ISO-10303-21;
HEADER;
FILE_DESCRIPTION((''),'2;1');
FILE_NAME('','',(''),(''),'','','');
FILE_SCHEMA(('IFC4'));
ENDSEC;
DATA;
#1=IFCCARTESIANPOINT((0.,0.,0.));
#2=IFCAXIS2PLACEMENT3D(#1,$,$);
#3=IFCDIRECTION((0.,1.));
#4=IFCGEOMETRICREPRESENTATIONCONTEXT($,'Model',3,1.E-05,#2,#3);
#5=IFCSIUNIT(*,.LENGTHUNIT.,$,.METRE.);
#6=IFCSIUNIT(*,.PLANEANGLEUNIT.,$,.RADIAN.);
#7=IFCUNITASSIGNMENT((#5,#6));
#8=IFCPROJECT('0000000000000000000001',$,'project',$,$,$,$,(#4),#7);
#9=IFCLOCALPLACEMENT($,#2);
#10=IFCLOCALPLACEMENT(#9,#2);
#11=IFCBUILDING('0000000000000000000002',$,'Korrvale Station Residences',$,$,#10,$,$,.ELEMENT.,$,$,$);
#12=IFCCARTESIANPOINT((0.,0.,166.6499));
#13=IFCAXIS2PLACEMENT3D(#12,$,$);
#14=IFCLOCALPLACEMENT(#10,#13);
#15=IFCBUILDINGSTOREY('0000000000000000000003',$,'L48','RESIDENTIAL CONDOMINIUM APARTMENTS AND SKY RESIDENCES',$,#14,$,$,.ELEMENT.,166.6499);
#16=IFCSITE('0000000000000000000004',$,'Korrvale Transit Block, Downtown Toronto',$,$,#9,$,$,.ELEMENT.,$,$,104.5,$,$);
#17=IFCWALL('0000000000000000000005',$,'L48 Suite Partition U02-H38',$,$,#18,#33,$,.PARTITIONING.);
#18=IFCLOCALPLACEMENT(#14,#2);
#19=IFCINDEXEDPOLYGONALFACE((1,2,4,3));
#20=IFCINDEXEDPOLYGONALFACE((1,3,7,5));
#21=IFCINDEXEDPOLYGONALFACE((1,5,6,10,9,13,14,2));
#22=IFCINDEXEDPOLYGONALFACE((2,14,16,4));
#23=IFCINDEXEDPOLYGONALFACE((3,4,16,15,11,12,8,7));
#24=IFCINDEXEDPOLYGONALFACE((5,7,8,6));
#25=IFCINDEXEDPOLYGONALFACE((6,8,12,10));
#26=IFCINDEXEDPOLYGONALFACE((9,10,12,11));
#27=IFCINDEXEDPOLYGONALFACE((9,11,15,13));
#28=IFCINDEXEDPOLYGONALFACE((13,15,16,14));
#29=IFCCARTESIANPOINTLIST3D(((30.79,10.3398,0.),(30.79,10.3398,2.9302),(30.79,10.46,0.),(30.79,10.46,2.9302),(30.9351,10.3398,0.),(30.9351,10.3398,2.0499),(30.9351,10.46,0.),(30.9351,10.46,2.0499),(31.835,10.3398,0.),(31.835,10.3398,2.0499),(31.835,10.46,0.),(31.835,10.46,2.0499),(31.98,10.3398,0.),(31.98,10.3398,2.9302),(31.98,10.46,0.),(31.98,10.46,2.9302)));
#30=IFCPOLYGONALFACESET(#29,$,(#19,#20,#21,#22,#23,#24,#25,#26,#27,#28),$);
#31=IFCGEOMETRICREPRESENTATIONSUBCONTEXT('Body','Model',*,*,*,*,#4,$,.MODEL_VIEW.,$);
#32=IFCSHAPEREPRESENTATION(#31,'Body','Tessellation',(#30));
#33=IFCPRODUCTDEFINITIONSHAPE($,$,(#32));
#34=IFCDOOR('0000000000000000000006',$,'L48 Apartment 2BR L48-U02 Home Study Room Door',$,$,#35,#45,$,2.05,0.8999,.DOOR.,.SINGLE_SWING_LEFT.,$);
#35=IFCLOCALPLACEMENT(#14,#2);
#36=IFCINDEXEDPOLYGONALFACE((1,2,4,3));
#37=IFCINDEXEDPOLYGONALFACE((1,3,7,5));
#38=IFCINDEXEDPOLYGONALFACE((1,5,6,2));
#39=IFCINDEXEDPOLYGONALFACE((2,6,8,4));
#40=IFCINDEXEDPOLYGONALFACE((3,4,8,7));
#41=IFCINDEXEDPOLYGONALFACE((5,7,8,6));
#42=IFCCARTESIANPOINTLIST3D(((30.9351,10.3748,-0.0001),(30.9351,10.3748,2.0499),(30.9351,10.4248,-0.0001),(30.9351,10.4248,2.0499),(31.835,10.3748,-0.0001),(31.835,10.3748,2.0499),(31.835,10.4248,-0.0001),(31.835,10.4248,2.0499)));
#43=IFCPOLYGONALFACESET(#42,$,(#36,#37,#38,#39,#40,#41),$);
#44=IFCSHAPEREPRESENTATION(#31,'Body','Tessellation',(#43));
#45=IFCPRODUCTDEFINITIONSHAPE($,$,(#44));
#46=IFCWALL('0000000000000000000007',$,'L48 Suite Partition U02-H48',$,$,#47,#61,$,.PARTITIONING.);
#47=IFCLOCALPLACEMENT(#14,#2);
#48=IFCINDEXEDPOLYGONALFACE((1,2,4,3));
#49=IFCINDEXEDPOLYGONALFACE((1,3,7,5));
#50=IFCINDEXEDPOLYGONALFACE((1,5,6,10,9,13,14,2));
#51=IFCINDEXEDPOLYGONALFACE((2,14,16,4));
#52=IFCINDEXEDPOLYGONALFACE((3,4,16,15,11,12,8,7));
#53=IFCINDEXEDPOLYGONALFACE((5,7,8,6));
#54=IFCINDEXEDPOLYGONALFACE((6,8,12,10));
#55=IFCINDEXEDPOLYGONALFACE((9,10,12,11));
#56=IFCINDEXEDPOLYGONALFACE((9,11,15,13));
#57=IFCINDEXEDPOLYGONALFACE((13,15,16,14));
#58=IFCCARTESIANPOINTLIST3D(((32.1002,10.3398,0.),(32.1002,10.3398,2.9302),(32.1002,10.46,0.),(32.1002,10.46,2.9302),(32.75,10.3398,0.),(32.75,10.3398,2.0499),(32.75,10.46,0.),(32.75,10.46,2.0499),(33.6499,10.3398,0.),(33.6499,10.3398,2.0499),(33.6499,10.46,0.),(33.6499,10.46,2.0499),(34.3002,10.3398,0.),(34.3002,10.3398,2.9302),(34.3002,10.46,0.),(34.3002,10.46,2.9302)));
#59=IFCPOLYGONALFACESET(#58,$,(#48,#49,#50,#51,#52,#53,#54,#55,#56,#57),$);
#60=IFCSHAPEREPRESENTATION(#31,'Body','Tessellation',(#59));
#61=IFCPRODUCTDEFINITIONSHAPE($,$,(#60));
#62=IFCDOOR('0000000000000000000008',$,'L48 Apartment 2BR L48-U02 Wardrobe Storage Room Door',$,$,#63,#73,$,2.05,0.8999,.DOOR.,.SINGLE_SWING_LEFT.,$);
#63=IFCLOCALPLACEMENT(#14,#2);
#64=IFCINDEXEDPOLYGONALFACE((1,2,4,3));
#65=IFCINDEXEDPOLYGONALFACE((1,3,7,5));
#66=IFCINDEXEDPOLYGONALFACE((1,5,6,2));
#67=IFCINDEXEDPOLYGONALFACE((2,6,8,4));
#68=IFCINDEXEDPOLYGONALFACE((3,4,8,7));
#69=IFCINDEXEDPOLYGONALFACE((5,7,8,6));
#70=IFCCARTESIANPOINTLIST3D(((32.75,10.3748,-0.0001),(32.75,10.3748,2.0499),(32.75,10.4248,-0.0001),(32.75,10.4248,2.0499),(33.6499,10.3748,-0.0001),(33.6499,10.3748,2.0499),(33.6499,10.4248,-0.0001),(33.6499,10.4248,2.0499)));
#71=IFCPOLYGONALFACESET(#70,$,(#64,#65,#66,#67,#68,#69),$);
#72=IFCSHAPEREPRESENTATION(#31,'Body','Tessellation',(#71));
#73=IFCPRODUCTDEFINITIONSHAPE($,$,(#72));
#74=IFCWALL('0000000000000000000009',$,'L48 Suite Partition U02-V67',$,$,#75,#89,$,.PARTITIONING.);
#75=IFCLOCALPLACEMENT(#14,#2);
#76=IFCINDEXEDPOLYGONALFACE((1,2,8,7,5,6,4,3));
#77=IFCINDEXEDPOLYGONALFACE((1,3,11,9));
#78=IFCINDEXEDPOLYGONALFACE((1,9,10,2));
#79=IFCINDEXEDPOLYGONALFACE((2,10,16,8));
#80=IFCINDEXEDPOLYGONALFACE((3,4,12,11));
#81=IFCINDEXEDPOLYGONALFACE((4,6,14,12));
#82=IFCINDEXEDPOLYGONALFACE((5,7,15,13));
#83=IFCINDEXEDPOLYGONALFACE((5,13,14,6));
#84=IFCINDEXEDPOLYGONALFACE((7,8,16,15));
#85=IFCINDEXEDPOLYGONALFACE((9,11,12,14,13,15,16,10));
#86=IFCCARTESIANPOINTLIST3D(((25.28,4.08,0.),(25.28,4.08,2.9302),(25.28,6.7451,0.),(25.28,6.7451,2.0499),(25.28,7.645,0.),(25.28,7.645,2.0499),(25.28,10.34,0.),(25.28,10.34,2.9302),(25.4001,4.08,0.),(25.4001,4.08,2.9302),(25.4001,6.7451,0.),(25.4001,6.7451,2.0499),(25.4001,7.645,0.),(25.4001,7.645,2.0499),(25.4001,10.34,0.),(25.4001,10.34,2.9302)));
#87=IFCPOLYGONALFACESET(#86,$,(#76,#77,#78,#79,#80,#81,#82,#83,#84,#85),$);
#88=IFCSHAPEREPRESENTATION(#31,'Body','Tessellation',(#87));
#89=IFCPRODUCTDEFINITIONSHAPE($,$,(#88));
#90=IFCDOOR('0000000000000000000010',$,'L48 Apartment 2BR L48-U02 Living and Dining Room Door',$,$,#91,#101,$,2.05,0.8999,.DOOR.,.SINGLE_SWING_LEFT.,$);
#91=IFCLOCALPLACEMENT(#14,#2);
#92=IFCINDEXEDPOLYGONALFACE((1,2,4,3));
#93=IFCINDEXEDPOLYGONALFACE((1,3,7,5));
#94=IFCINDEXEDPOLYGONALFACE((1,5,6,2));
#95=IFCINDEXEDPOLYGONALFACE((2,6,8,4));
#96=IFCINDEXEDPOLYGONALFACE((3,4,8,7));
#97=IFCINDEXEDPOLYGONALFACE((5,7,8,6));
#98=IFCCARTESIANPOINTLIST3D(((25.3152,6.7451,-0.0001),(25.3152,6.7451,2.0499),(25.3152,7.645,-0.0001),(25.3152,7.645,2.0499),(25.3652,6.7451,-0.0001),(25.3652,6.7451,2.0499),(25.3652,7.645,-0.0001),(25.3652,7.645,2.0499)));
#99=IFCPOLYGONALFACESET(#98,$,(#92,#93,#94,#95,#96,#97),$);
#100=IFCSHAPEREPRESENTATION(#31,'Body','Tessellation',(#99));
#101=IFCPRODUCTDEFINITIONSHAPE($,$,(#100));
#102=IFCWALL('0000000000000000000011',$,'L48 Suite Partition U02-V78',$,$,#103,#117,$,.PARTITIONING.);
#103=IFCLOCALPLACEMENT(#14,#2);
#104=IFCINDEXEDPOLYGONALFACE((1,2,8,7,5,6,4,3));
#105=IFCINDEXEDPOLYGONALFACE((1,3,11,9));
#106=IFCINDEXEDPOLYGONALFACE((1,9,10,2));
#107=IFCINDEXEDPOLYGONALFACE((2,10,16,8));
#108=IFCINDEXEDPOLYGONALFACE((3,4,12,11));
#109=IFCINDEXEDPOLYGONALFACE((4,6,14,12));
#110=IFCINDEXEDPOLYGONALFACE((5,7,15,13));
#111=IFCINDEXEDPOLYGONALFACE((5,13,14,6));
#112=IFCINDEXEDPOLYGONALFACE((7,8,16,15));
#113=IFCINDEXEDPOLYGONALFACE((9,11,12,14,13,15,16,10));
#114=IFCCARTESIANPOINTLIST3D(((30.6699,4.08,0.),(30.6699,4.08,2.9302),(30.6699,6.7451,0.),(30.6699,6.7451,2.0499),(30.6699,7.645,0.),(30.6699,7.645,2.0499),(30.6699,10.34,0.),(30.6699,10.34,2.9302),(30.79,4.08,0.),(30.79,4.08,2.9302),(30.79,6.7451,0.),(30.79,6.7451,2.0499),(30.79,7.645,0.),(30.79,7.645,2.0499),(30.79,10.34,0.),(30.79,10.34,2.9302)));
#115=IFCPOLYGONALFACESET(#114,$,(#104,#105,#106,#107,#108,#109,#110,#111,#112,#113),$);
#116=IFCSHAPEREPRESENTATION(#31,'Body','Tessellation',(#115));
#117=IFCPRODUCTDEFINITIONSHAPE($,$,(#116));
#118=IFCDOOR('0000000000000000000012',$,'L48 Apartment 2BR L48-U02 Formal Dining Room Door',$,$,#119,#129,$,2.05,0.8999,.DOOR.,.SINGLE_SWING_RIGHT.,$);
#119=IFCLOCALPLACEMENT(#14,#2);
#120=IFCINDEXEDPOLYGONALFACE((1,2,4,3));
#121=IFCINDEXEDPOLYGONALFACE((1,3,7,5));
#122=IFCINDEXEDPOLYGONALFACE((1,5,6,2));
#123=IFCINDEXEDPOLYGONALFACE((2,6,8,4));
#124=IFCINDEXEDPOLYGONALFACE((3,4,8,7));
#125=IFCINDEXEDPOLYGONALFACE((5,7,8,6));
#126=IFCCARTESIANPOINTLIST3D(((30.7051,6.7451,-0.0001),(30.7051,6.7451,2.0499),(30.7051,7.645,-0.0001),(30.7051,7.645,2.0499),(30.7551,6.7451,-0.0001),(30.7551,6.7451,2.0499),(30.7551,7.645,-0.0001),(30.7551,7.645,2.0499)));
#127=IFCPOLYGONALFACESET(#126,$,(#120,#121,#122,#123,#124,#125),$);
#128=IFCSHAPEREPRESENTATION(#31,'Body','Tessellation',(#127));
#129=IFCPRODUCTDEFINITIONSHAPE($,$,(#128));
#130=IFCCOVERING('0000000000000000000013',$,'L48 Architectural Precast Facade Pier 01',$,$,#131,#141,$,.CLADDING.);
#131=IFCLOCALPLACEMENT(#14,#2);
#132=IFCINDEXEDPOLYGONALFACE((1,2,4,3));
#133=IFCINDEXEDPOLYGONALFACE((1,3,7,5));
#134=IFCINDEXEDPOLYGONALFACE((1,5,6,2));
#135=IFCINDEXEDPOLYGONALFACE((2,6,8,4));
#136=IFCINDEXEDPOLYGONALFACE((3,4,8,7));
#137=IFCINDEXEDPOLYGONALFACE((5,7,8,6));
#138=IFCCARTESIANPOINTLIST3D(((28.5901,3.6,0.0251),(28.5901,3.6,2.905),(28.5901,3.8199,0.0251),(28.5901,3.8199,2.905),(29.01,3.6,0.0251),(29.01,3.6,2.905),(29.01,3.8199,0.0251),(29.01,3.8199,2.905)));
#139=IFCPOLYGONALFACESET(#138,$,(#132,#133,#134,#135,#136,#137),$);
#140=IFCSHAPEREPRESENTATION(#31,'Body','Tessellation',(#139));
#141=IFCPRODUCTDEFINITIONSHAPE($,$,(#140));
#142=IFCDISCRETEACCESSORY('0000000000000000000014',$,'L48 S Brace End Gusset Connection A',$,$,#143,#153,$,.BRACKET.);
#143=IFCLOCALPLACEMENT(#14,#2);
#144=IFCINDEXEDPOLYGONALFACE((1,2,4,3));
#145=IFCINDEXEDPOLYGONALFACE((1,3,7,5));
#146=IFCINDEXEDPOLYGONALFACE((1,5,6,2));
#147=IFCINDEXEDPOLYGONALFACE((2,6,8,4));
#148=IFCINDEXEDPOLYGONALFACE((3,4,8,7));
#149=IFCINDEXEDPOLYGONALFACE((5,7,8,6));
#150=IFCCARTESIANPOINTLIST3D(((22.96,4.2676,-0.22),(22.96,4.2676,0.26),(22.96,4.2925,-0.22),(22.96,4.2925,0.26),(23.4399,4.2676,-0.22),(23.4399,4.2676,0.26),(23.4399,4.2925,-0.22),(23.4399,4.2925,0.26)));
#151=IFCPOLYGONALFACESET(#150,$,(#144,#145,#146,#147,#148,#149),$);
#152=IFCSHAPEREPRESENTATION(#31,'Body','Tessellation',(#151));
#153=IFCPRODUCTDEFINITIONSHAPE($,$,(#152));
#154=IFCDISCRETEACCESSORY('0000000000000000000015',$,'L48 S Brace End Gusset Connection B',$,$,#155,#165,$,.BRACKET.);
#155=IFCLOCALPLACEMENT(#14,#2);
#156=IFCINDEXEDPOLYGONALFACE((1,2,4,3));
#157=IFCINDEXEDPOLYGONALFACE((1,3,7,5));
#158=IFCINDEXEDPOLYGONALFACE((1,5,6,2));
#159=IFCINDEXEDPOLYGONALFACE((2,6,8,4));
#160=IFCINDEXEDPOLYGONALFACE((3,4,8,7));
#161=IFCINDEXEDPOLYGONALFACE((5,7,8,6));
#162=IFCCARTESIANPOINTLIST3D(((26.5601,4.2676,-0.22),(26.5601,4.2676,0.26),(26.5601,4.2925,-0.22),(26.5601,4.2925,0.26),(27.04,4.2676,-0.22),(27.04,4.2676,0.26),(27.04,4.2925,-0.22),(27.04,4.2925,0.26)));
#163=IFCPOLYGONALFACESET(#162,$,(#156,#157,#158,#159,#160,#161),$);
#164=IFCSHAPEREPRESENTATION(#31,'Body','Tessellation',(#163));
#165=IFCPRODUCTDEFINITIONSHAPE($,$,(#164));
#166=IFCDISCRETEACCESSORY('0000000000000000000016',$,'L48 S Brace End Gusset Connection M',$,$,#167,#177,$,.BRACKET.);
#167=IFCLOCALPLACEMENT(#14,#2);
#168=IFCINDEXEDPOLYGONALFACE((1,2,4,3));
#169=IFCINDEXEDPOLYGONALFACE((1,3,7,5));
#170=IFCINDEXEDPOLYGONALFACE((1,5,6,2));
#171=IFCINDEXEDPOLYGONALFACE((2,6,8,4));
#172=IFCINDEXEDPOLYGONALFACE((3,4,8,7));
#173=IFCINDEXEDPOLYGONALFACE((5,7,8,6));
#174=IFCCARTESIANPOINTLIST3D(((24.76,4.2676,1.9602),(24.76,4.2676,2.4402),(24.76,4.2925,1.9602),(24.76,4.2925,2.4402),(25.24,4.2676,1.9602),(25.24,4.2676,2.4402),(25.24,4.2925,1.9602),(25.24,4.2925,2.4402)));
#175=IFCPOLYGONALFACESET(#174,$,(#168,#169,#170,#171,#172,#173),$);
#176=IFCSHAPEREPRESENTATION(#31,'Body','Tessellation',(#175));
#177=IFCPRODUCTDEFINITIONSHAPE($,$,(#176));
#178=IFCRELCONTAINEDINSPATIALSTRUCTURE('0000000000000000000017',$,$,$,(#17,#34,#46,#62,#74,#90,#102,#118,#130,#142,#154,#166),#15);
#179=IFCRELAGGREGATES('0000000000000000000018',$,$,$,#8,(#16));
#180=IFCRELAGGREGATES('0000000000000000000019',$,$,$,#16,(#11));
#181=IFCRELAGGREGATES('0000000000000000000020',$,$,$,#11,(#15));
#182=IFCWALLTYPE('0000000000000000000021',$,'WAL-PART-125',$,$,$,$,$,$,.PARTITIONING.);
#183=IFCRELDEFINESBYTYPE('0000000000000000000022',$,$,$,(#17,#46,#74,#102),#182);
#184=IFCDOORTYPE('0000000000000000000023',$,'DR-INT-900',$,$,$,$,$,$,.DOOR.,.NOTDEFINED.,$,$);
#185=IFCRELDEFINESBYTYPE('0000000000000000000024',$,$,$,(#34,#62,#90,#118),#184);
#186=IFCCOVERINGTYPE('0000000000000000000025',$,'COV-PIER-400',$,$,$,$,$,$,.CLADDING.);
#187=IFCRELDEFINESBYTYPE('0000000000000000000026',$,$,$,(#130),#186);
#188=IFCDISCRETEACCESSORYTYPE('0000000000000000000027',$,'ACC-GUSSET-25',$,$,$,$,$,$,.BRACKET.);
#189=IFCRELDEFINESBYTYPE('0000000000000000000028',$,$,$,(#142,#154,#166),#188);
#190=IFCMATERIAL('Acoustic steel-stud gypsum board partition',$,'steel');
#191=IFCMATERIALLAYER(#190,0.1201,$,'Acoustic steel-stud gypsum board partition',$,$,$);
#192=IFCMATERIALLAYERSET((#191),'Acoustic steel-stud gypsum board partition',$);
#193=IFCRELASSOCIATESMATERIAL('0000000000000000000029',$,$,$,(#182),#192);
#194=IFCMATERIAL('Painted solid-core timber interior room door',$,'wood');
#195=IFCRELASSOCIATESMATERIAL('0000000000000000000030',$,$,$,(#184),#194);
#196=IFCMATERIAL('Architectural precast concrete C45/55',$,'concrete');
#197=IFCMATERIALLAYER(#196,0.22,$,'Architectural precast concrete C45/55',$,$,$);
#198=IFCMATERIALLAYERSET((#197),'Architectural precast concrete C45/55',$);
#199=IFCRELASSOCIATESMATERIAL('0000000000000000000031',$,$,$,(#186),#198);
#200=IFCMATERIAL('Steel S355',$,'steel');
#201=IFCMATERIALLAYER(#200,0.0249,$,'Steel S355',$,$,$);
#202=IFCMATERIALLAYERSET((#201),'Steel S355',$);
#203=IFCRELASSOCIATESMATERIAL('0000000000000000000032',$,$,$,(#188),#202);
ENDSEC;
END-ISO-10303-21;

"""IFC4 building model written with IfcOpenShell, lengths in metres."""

from ifc_helpers import new_model, si_unit, direction, frame, frame_2d, origin, origin_2d, place, context, subcontext, project, spatial, rectangle, extrude, material, layer, layer_set, type_object, element, fill, save


model = new_model("IFC4")

# Units and contexts
model_context = context("Model", 3, precision=1e-05, world=origin(), true_north=direction((0.0, 1.0)))
body_context = subcontext(model_context, "Body", "Model", "MODEL_VIEW")
ifc_project = project(units=[si_unit("LENGTHUNIT", "METRE"), si_unit("PLANEANGLEUNIT", "RADIAN")], contexts=[model_context])

# Site, building, storey
site_placement = place(None, origin())
site = spatial("IfcSite", under=ifc_project, at=site_placement, Name="Korrvale Transit Block, Downtown Toronto", CompositionType="ELEMENT", RefElevation=104.5)
building_placement = place(site_placement, origin())
building = spatial("IfcBuilding", under=site, at=building_placement, Name="Korrvale Station Residences", CompositionType="ELEMENT")
storey_placement = place(building_placement, frame((0.0, 0.0, 166.6499)))
storey = spatial("IfcBuildingStorey", under=building, at=storey_placement, Name="L48", Description="RESIDENTIAL CONDOMINIUM APARTMENTS AND SKY RESIDENCES", CompositionType="ELEMENT", Elevation=166.6499)

# Shared definitions
ifc_material_1 = material(Name="Steel S355", Category="steel")

# Walls, openings, doors
ifc_material_2 = material(Name="Acoustic steel-stud gypsum board partition", Category="steel")
ifc_layer_1 = layer(ifc_material_2, 0.1201, Name="Acoustic steel-stud gypsum board partition")
ifc_layer_set_1 = layer_set([ifc_layer_1], Name="Acoustic steel-stud gypsum board partition")
wall_type = type_object("IfcWallType", Name="WAL-PART-125", PredefinedType="PARTITIONING", material=ifc_layer_set_1)
ifc_material_3 = material(Name="Painted solid-core timber interior room door", Category="wood")
door_type = type_object("IfcDoorType", Name="DR-INT-900", OperationType="NOTDEFINED", PredefinedType="DOOR", material=ifc_material_3)
wall_1_placement = place(storey_placement, frame((30.79, 10.3999, 0.0), z_axis=(0.0, 0.0, 1.0), x_axis=(1.0, 0.0, 0.0)))
wall_1 = element("IfcWall", 1, at=wall_1_placement, inside=storey, type_object=wall_type, Name="L48 Suite Partition U02-H38", PredefinedType="PARTITIONING", context=body_context, shape_type="SweptSolid", body=[
    extrude(rectangle(XDim=1.1899, YDim=0.1201, at=frame_2d((0.595, 0.0))), origin(), (0.0, 0.0, 1.0), 2.9302),
])
opening_1_placement = place(wall_1_placement, frame((0.145, 0.0, 0.0)))
opening_1 = element("IfcOpeningElement", 2, at=opening_1_placement, cuts=wall_1, PredefinedType="OPENING", context=body_context, shape_type="SweptSolid", body=[
    extrude(rectangle(XDim=0.8999, YDim=2.05, at=frame_2d((0.45, 1.0249))), frame((0.0, 0.0701, 0.0), z_axis=(0.0, -1.0, 0.0), x_axis=(1.0, 0.0, 0.0)), (0.0, 0.0, 1.0), 0.1401),
])
door_1_placement = place(opening_1_placement, origin())
door_1 = element("IfcDoor", 3, at=door_1_placement, inside=storey, type_object=door_type, Name="L48 Apartment 2BR L48-U02 Home Study Room Door", OperationType="SINGLE_SWING_LEFT", OverallHeight=2.05, OverallWidth=0.8999, PredefinedType="DOOR", context=body_context, shape_type="SweptSolid", body=[
    extrude(rectangle(XDim=0.8999, YDim=2.05, at=frame_2d((0.45, 1.0249))), frame((0.0, 0.0249, 0.0), z_axis=(0.0, -1.0, 0.0), x_axis=(1.0, 0.0, 0.0)), (0.0, 0.0, 1.0), 0.05),
])
fill(opening_1, door_1)
wall_2_placement = place(storey_placement, frame((32.1001, 10.3999, 0.0), z_axis=(0.0, 0.0, 1.0), x_axis=(1.0, 0.0, 0.0)))
wall_2 = element("IfcWall", 4, at=wall_2_placement, inside=storey, type_object=wall_type, Name="L48 Suite Partition U02-H48", PredefinedType="PARTITIONING", context=body_context, shape_type="SweptSolid", body=[
    extrude(rectangle(XDim=2.2, YDim=0.1201, at=frame_2d((1.1001, 0.0))), origin(), (0.0, 0.0, 1.0), 2.9302),
])
opening_2_placement = place(wall_2_placement, frame((0.6499, 0.0, 0.0)))
opening_2 = element("IfcOpeningElement", 5, at=opening_2_placement, cuts=wall_2, PredefinedType="OPENING", context=body_context, shape_type="SweptSolid", body=[
    extrude(rectangle(XDim=0.8999, YDim=2.05, at=frame_2d((0.45, 1.0249))), frame((0.0, 0.0701, 0.0), z_axis=(0.0, -1.0, 0.0), x_axis=(1.0, 0.0, 0.0)), (0.0, 0.0, 1.0), 0.1401),
])
door_2_placement = place(opening_2_placement, origin())
door_2 = element("IfcDoor", 6, at=door_2_placement, inside=storey, type_object=door_type, Name="L48 Apartment 2BR L48-U02 Wardrobe Storage Room Door", OperationType="SINGLE_SWING_LEFT", OverallHeight=2.05, OverallWidth=0.8999, PredefinedType="DOOR", context=body_context, shape_type="SweptSolid", body=[
    extrude(rectangle(XDim=0.8999, YDim=2.05, at=frame_2d((0.45, 1.0249))), frame((0.0, 0.0249, 0.0), z_axis=(0.0, -1.0, 0.0), x_axis=(1.0, 0.0, 0.0)), (0.0, 0.0, 1.0), 0.05),
])
fill(opening_2, door_2)
wall_3_placement = place(storey_placement, frame((25.3401, 4.0801, 0.0), z_axis=(0.0, 0.0, 1.0), x_axis=(0.0, 1.0, 0.0)))
wall_3 = element("IfcWall", 7, at=wall_3_placement, inside=storey, type_object=wall_type, Name="L48 Suite Partition U02-V67", PredefinedType="PARTITIONING", context=body_context, shape_type="SweptSolid", body=[
    extrude(rectangle(XDim=6.26, YDim=0.1201, at=frame_2d((3.1299, 0.0))), origin(), (0.0, 0.0, 1.0), 2.9302),
])
opening_3_placement = place(wall_3_placement, frame((2.665, 0.0, 0.0)))
opening_3 = element("IfcOpeningElement", 8, at=opening_3_placement, cuts=wall_3, PredefinedType="OPENING", context=body_context, shape_type="SweptSolid", body=[
    extrude(rectangle(XDim=0.8999, YDim=2.05, at=frame_2d((0.45, 1.0249))), frame((0.0, 0.0701, 0.0), z_axis=(0.0, -1.0, 0.0), x_axis=(1.0, 0.0, 0.0)), (0.0, 0.0, 1.0), 0.1401),
])
door_3_placement = place(opening_3_placement, origin())
door_3 = element("IfcDoor", 9, at=door_3_placement, inside=storey, type_object=door_type, Name="L48 Apartment 2BR L48-U02 Living and Dining Room Door", OperationType="SINGLE_SWING_LEFT", OverallHeight=2.05, OverallWidth=0.8999, PredefinedType="DOOR", context=body_context, shape_type="SweptSolid", body=[
    extrude(rectangle(XDim=0.8999, YDim=2.05, at=frame_2d((0.45, 1.0249))), frame((0.0, 0.0249, 0.0), z_axis=(0.0, -1.0, 0.0), x_axis=(1.0, 0.0, 0.0)), (0.0, 0.0, 1.0), 0.05),
])
fill(opening_3, door_3)
wall_4_placement = place(storey_placement, frame((30.73, 4.0801, 0.0), z_axis=(0.0, 0.0, 1.0), x_axis=(0.0, 1.0, 0.0)))
wall_4 = element("IfcWall", 10, at=wall_4_placement, inside=storey, type_object=wall_type, Name="L48 Suite Partition U02-V78", PredefinedType="PARTITIONING", context=body_context, shape_type="SweptSolid", body=[
    extrude(rectangle(XDim=6.26, YDim=0.1201, at=frame_2d((3.1299, 0.0))), origin(), (0.0, 0.0, 1.0), 2.9302),
])
opening_4_placement = place(wall_4_placement, frame((2.665, 0.0, 0.0)))
opening_4 = element("IfcOpeningElement", 11, at=opening_4_placement, cuts=wall_4, PredefinedType="OPENING", context=body_context, shape_type="SweptSolid", body=[
    extrude(rectangle(XDim=0.8999, YDim=2.05, at=frame_2d((0.45, 1.0249))), frame((0.0, 0.0701, 0.0), z_axis=(0.0, -1.0, 0.0), x_axis=(1.0, 0.0, 0.0)), (0.0, 0.0, 1.0), 0.1401),
])
door_4_placement = place(opening_4_placement, origin())
door_4 = element("IfcDoor", 12, at=door_4_placement, inside=storey, type_object=door_type, Name="L48 Apartment 2BR L48-U02 Formal Dining Room Door", OperationType="SINGLE_SWING_RIGHT", OverallHeight=2.05, OverallWidth=0.8999, PredefinedType="DOOR", context=body_context, shape_type="SweptSolid", body=[
    extrude(rectangle(XDim=0.8999, YDim=2.05, at=frame_2d((0.45, 1.0249))), frame((0.0, 0.0249, 0.0), z_axis=(0.0, -1.0, 0.0), x_axis=(1.0, 0.0, 0.0)), (0.0, 0.0, 1.0), 0.05),
])
fill(opening_4, door_4)

# Covering
ifc_material_4 = material(Name="Architectural precast concrete C45/55", Category="concrete")
ifc_layer_2 = layer(ifc_material_4, 0.22, Name="Architectural precast concrete C45/55")
ifc_layer_set_2 = layer_set([ifc_layer_2], Name="Architectural precast concrete C45/55")
covering_type = type_object("IfcCoveringType", Name="COV-PIER-400", PredefinedType="CLADDING", material=ifc_layer_set_2)
covering_placement = place(storey_placement, frame((28.8, 3.71, 0.0251), z_axis=(0.0, 0.0, 1.0), x_axis=(1.0, 0.0, 0.0)))
element("IfcCovering", 13, at=covering_placement, inside=storey, type_object=covering_type, Name="L48 Architectural Precast Facade Pier 01", PredefinedType="CLADDING", context=body_context, shape_type="SweptSolid", body=[
    extrude(rectangle(XDim=0.4199, YDim=0.22, at=origin_2d()), origin(), (0.0, 0.0, 1.0), 2.8799),
])

# Discrete accessories
ifc_layer_3 = layer(ifc_material_1, 0.0249, Name="Steel S355")
ifc_layer_set_3 = layer_set([ifc_layer_3], Name="Steel S355")
discrete_accessory_type = type_object("IfcDiscreteAccessoryType", Name="ACC-GUSSET-25", PredefinedType="BRACKET", material=ifc_layer_set_3)
for number, where, z_axis, x_axis, name in (
    (14, (23.2, 4.28, -0.22), (0.0, 0.0, 1.0), (1.0, 0.0, 0.0), "L48 S Brace End Gusset Connection A"),
    (15, (26.8, 4.28, -0.22), (0.0, 0.0, 1.0), (1.0, 0.0, 0.0), "L48 S Brace End Gusset Connection B"),
    (16, (25.0, 4.28, 1.9602), (0.0, 0.0, 1.0), (1.0, 0.0, 0.0), "L48 S Brace End Gusset Connection M"),
):
    element("IfcDiscreteAccessory", number, at=place(storey_placement, frame(where, z_axis=z_axis, x_axis=x_axis)), inside=storey, type_object=discrete_accessory_type, Name=name, PredefinedType="BRACKET", context=body_context, shape_type="SweptSolid", body=[
        extrude(rectangle(XDim=0.48, YDim=0.0249, at=origin_2d()), origin(), (0.0, 0.0, 1.0), 0.48),
    ])

save(model, "model.ifc")
